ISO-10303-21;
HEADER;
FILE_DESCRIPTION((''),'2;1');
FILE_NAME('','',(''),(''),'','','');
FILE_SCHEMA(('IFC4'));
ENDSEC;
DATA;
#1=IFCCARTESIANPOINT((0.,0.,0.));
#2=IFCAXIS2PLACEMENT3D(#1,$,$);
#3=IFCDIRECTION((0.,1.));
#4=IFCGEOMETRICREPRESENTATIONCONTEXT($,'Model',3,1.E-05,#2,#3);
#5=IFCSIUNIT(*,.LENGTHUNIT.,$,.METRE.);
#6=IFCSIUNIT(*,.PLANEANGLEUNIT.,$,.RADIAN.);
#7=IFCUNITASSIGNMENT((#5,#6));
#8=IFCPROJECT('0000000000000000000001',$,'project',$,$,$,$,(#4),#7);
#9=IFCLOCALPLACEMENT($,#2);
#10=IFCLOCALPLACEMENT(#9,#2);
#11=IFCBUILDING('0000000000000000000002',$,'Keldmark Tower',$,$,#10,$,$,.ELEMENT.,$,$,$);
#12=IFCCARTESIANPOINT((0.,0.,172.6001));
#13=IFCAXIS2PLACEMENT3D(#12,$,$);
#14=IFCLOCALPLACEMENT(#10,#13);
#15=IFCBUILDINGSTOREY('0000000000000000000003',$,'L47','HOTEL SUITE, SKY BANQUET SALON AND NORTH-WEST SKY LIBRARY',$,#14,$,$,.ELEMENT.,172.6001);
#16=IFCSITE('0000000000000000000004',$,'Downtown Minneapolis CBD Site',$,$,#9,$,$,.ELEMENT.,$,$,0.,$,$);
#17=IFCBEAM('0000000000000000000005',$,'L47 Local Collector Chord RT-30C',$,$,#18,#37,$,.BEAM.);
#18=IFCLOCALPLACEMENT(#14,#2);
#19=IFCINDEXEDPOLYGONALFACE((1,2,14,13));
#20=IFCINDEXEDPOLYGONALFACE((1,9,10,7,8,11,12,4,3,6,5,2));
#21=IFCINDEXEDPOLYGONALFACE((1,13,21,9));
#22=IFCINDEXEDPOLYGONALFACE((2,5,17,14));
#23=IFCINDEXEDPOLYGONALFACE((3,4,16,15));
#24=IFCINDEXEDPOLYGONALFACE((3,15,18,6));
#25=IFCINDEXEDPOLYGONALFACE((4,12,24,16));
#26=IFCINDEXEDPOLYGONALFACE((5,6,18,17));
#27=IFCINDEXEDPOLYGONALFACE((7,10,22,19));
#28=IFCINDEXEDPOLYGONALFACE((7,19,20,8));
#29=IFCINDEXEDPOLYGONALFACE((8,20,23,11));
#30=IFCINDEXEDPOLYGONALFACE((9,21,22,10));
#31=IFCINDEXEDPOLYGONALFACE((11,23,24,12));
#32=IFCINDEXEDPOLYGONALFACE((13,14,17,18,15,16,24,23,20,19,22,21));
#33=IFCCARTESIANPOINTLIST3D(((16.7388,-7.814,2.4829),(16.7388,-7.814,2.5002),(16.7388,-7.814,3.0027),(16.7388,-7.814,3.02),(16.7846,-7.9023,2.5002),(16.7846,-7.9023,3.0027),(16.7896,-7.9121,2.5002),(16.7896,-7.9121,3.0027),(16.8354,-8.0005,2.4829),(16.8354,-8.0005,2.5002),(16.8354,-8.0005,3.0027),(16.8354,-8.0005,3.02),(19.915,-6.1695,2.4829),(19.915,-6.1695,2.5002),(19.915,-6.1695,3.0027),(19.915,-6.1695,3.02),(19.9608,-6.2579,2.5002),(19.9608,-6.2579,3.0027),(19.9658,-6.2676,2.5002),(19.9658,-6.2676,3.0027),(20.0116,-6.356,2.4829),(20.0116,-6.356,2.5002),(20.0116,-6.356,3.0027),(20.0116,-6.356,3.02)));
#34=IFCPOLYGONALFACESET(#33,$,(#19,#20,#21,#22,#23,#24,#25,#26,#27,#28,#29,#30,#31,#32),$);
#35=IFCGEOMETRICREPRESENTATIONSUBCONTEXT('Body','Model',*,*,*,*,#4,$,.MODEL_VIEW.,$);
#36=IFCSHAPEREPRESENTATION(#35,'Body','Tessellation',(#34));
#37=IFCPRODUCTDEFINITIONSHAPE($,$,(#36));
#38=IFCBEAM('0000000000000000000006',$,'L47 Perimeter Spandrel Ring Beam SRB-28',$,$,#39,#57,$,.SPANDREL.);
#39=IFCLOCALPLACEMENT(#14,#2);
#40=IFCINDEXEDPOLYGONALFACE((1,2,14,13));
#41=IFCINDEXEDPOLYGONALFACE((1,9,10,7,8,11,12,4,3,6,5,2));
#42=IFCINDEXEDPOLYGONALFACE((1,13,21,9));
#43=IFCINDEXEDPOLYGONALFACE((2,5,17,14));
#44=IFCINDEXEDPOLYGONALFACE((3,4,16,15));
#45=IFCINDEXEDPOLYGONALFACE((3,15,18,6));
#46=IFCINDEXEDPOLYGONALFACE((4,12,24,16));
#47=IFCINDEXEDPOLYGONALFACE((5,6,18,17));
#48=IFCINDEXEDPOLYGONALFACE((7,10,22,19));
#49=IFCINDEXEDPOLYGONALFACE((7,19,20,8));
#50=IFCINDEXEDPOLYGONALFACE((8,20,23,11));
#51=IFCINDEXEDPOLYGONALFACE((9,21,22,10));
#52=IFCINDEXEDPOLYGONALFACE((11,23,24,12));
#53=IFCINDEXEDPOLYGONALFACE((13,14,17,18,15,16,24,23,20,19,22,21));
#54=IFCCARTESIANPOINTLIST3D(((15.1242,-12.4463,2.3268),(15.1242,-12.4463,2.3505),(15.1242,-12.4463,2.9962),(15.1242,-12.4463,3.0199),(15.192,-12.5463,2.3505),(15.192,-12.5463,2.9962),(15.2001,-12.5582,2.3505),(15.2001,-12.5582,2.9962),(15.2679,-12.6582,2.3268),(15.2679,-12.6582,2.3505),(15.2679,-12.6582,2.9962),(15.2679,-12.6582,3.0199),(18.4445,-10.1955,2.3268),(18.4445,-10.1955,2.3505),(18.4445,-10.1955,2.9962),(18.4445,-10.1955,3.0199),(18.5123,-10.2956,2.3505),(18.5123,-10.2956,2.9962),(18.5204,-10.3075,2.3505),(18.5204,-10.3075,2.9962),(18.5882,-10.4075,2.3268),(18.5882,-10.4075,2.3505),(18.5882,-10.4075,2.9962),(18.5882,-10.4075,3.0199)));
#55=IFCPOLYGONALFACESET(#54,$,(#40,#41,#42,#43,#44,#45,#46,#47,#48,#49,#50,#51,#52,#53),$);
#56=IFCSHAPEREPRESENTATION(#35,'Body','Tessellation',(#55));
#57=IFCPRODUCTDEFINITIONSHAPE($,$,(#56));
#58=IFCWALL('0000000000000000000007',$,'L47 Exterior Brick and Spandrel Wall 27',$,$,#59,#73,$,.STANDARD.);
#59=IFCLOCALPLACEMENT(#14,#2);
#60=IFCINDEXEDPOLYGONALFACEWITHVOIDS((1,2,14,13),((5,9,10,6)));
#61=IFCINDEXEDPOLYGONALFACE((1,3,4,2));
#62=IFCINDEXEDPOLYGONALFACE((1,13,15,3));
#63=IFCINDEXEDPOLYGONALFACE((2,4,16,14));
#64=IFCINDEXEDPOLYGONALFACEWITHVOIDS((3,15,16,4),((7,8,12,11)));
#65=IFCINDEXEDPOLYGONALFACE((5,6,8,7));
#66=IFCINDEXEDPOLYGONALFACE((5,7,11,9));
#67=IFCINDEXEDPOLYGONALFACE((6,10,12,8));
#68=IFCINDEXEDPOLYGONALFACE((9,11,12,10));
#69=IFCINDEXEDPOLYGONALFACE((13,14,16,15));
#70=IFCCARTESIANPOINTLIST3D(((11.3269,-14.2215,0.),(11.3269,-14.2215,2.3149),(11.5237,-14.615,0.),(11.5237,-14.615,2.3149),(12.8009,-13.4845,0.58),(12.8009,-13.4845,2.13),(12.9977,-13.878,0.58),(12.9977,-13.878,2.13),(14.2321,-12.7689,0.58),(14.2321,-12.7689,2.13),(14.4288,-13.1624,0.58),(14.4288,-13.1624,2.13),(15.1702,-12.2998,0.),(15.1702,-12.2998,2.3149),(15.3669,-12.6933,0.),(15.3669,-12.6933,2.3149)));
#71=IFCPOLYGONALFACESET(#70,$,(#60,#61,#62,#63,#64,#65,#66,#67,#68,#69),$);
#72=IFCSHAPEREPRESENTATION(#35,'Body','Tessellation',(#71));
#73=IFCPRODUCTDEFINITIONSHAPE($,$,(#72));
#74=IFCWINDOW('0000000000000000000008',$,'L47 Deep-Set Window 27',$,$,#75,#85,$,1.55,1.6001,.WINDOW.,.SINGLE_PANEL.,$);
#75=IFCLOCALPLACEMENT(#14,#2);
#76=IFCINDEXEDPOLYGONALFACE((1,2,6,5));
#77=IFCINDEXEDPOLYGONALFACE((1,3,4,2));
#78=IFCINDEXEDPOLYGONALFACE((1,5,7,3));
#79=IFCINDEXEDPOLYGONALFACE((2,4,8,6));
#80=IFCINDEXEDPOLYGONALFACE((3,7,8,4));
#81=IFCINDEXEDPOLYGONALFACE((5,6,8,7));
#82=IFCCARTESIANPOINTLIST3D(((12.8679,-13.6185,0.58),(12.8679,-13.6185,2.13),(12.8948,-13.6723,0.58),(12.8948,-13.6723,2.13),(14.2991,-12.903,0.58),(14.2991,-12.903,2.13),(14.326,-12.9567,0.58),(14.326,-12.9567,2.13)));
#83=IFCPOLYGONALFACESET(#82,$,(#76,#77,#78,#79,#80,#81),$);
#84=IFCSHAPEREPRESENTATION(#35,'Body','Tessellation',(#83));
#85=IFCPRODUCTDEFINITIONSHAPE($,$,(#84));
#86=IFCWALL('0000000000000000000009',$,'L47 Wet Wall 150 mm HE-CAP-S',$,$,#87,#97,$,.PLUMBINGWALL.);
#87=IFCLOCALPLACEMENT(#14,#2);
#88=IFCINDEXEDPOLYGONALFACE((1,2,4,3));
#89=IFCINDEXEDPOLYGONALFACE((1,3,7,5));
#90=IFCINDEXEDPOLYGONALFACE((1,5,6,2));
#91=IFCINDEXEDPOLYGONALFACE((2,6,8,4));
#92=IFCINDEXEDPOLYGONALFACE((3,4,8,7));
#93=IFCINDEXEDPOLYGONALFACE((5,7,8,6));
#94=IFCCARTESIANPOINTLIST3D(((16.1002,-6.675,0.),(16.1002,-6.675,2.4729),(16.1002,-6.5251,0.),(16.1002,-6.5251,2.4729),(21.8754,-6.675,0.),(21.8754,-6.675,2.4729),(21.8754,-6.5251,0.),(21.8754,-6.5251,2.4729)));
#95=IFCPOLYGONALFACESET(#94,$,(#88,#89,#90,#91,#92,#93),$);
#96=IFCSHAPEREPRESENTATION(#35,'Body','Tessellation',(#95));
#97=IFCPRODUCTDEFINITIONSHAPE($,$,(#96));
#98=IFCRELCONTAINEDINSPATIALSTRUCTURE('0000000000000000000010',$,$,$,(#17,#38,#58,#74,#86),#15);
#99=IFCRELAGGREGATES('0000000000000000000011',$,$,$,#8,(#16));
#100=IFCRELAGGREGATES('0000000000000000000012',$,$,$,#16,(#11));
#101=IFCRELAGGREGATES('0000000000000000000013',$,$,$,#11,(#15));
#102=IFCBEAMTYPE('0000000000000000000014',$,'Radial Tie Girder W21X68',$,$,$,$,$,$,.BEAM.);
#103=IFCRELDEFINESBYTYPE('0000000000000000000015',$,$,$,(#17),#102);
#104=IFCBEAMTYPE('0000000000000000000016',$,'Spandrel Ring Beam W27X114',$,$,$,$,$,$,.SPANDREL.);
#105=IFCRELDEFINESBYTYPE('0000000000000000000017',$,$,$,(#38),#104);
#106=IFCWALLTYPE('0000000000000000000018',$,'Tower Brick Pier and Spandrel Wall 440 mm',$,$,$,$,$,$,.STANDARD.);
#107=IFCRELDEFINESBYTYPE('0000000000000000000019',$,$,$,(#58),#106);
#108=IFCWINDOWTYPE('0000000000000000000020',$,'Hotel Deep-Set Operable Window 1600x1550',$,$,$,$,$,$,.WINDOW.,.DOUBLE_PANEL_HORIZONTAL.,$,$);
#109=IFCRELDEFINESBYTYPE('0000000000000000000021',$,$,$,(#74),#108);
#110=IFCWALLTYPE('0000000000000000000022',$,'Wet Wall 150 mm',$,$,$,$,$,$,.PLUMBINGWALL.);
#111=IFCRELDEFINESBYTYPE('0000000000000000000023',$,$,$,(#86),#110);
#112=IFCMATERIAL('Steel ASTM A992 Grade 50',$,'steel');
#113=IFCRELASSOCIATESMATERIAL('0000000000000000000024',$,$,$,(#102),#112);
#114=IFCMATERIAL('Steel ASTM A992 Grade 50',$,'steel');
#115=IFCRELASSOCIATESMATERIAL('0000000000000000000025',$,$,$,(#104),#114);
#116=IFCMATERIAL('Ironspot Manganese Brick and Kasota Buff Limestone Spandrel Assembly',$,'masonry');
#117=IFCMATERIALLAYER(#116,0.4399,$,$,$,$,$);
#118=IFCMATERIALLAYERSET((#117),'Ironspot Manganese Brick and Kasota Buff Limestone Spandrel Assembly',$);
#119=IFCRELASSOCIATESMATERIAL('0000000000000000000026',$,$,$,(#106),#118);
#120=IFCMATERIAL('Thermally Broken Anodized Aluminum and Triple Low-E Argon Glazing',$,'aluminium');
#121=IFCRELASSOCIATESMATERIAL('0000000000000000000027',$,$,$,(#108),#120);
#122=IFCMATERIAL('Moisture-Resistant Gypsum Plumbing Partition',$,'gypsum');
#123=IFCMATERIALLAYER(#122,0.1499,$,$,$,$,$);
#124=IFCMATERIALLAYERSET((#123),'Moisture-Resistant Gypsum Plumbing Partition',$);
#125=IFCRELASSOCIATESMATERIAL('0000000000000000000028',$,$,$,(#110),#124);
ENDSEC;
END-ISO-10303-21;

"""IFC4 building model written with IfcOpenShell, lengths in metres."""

from ifc_helpers import new_model, si_unit, direction, frame, frame_2d, origin, origin_2d, place, context, subcontext, project, spatial, rectangle, i_section, extrude, material, layer, layer_set, material_profile, profile_set, type_object, element, fill, save


model = new_model("IFC4")

# Units and contexts
model_context = context("Model", 3, precision=1e-05, world=origin(), true_north=direction((0.0, 1.0)))
body_context = subcontext(model_context, "Body", "Model", "MODEL_VIEW")
ifc_project = project(units=[si_unit("LENGTHUNIT", "METRE"), si_unit("PLANEANGLEUNIT", "RADIAN")], contexts=[model_context])

# Site, building, storey
site_placement = place(None, origin())
site = spatial("IfcSite", under=ifc_project, at=site_placement, Name="Downtown Minneapolis CBD Site", CompositionType="ELEMENT", RefElevation=0.0)
building_placement = place(site_placement, origin())
building = spatial("IfcBuilding", under=site, at=building_placement, Name="Keldmark Tower", CompositionType="ELEMENT")
storey_placement = place(building_placement, frame((0.0, 0.0, 172.6001)))
storey = spatial("IfcBuildingStorey", under=building, at=storey_placement, Name="L47", Description="HOTEL SUITE, SKY BANQUET SALON AND NORTH-WEST SKY LIBRARY", CompositionType="ELEMENT", Elevation=172.6001)

# Beams
ifc_material_1 = material(Name="Steel ASTM A992 Grade 50", Category="steel")
ifc_material_profile_1 = material_profile(ifc_material_1, i_section(OverallWidth=0.21, OverallDepth=0.5371, WebThickness=0.011, FlangeThickness=0.0173, at=origin_2d()), Name="W21X68")
ifc_profile_set_1 = profile_set([ifc_material_profile_1], Name="Steel ASTM A992 Grade 50")
beam_type_1 = type_object("IfcBeamType", Name="Radial Tie Girder W21X68", PredefinedType="BEAM", material=ifc_profile_set_1)
beam_1_placement = place(storey_placement, frame((16.7871, -7.9072, 2.7515), z_axis=(0.888031, 0.459783, 0.0), x_axis=(-0.459783, 0.888031, 0.0)))
element("IfcBeam", 1, at=beam_1_placement, inside=storey, type_object=beam_type_1, Name="L47 Local Collector Chord RT-30C", PredefinedType="BEAM", context=body_context, shape_type="SweptSolid", body=[
    extrude(i_section(OverallWidth=0.21, OverallDepth=0.5371, WebThickness=0.011, FlangeThickness=0.0173, at=origin_2d()), origin(), (0.0, 0.0, 1.0), 3.5767),
])
ifc_material_2 = material(Name="Steel ASTM A992 Grade 50", Category="steel")
ifc_material_profile_2 = material_profile(ifc_material_2, i_section(OverallWidth=0.2561, OverallDepth=0.6931, WebThickness=0.0144, FlangeThickness=0.0237, at=origin_2d()), Name="W27X114")
ifc_profile_set_2 = profile_set([ifc_material_profile_2], Name="Steel ASTM A992 Grade 50")
beam_type_2 = type_object("IfcBeamType", Name="Spandrel Ring Beam W27X114", PredefinedType="SPANDREL", material=ifc_profile_set_2)
beam_2_placement = place(storey_placement, frame((15.196, -12.5522, 2.6733), z_axis=(0.827746, 0.561102, 0.0), x_axis=(-0.561102, 0.827746, 0.0)))
element("IfcBeam", 2, at=beam_2_placement, inside=storey, type_object=beam_type_2, Name="L47 Perimeter Spandrel Ring Beam SRB-28", PredefinedType="SPANDREL", context=body_context, shape_type="SweptSolid", body=[
    extrude(i_section(OverallWidth=0.2561, OverallDepth=0.6931, WebThickness=0.0144, FlangeThickness=0.0237, at=origin_2d()), origin(), (0.0, 0.0, 1.0), 4.0112),
])

# Wall, opening, window
ifc_material_3 = material(Name="Ironspot Manganese Brick and Kasota Buff Limestone Spandrel Assembly", Category="masonry")
ifc_layer_1 = layer(ifc_material_3, 0.4399)
ifc_layer_set_1 = layer_set([ifc_layer_1], Name="Ironspot Manganese Brick and Kasota Buff Limestone Spandrel Assembly")
wall_type_1 = type_object("IfcWallType", Name="Tower Brick Pier and Spandrel Wall 440 mm", PredefinedType="STANDARD", material=ifc_layer_set_1)
wall_1_placement = place(storey_placement, frame((15.2686, -12.4966, 0.0), z_axis=(0.0, 0.0, 1.0), x_axis=(-0.894427, -0.447214, 0.0)))
wall_1 = element("IfcWall", 3, at=wall_1_placement, inside=storey, type_object=wall_type_1, Name="L47 Exterior Brick and Spandrel Wall 27", PredefinedType="STANDARD", context=body_context, shape_type="SweptSolid", body=[
    extrude(rectangle(XDim=4.2969, YDim=0.4399, at=frame_2d((2.1484, 0.0))), origin(), (0.0, 0.0, 1.0), 2.3149),
])
opening_1_placement = place(wall_1_placement, frame((1.0488, 0.0, 0.5801)))
opening_1 = element("IfcOpeningElement", 4, at=opening_1_placement, cuts=wall_1, PredefinedType="OPENING", context=body_context, shape_type="SweptSolid", body=[
    extrude(rectangle(XDim=1.6001, YDim=1.55, at=frame_2d((0.8, 0.7749))), frame((0.0, 0.23, 0.0), z_axis=(0.0, -1.0, 0.0), x_axis=(1.0, 0.0, 0.0)), (0.0, 0.0, 1.0), 0.46),
])
ifc_material_4 = material(Name="Thermally Broken Anodized Aluminum and Triple Low-E Argon Glazing", Category="aluminium")
window_type = type_object("IfcWindowType", Name="Hotel Deep-Set Operable Window 1600x1550", PartitioningType="DOUBLE_PANEL_HORIZONTAL", PredefinedType="WINDOW", material=ifc_material_4)
window_placement = place(opening_1_placement, origin())
window = element("IfcWindow", 5, at=window_placement, inside=storey, type_object=window_type, Name="L47 Deep-Set Window 27", OverallHeight=1.55, OverallWidth=1.6001, PartitioningType="SINGLE_PANEL", PredefinedType="WINDOW", context=body_context, shape_type="SweptSolid", body=[
    extrude(rectangle(XDim=1.6001, YDim=1.55, at=frame_2d((0.8, 0.7749))), frame((0.0, -0.01, 0.0), z_axis=(0.0, -1.0, 0.0), x_axis=(1.0, 0.0, 0.0)), (0.0, 0.0, 1.0), 0.0601),
])
fill(opening_1, window)

# Wall
ifc_material_5 = material(Name="Moisture-Resistant Gypsum Plumbing Partition", Category="gypsum")
ifc_layer_2 = layer(ifc_material_5, 0.1499)
ifc_layer_set_2 = layer_set([ifc_layer_2], Name="Moisture-Resistant Gypsum Plumbing Partition")
wall_type_2 = type_object("IfcWallType", Name="Wet Wall 150 mm", PredefinedType="PLUMBINGWALL", material=ifc_layer_set_2)
wall_2_placement = place(storey_placement, frame((16.1001, -6.6001, 0.0), z_axis=(0.0, 0.0, 1.0), x_axis=(1.0, 0.0, 0.0)))
element("IfcWall", 6, at=wall_2_placement, inside=storey, type_object=wall_type_2, Name="L47 Wet Wall 150 mm HE-CAP-S", PredefinedType="PLUMBINGWALL", context=body_context, shape_type="SweptSolid", body=[
    extrude(rectangle(XDim=5.7751, YDim=0.1499, at=frame_2d((2.8877, 0.0))), origin(), (0.0, 0.0, 1.0), 2.4729),
])

save(model, "model.ifc")
